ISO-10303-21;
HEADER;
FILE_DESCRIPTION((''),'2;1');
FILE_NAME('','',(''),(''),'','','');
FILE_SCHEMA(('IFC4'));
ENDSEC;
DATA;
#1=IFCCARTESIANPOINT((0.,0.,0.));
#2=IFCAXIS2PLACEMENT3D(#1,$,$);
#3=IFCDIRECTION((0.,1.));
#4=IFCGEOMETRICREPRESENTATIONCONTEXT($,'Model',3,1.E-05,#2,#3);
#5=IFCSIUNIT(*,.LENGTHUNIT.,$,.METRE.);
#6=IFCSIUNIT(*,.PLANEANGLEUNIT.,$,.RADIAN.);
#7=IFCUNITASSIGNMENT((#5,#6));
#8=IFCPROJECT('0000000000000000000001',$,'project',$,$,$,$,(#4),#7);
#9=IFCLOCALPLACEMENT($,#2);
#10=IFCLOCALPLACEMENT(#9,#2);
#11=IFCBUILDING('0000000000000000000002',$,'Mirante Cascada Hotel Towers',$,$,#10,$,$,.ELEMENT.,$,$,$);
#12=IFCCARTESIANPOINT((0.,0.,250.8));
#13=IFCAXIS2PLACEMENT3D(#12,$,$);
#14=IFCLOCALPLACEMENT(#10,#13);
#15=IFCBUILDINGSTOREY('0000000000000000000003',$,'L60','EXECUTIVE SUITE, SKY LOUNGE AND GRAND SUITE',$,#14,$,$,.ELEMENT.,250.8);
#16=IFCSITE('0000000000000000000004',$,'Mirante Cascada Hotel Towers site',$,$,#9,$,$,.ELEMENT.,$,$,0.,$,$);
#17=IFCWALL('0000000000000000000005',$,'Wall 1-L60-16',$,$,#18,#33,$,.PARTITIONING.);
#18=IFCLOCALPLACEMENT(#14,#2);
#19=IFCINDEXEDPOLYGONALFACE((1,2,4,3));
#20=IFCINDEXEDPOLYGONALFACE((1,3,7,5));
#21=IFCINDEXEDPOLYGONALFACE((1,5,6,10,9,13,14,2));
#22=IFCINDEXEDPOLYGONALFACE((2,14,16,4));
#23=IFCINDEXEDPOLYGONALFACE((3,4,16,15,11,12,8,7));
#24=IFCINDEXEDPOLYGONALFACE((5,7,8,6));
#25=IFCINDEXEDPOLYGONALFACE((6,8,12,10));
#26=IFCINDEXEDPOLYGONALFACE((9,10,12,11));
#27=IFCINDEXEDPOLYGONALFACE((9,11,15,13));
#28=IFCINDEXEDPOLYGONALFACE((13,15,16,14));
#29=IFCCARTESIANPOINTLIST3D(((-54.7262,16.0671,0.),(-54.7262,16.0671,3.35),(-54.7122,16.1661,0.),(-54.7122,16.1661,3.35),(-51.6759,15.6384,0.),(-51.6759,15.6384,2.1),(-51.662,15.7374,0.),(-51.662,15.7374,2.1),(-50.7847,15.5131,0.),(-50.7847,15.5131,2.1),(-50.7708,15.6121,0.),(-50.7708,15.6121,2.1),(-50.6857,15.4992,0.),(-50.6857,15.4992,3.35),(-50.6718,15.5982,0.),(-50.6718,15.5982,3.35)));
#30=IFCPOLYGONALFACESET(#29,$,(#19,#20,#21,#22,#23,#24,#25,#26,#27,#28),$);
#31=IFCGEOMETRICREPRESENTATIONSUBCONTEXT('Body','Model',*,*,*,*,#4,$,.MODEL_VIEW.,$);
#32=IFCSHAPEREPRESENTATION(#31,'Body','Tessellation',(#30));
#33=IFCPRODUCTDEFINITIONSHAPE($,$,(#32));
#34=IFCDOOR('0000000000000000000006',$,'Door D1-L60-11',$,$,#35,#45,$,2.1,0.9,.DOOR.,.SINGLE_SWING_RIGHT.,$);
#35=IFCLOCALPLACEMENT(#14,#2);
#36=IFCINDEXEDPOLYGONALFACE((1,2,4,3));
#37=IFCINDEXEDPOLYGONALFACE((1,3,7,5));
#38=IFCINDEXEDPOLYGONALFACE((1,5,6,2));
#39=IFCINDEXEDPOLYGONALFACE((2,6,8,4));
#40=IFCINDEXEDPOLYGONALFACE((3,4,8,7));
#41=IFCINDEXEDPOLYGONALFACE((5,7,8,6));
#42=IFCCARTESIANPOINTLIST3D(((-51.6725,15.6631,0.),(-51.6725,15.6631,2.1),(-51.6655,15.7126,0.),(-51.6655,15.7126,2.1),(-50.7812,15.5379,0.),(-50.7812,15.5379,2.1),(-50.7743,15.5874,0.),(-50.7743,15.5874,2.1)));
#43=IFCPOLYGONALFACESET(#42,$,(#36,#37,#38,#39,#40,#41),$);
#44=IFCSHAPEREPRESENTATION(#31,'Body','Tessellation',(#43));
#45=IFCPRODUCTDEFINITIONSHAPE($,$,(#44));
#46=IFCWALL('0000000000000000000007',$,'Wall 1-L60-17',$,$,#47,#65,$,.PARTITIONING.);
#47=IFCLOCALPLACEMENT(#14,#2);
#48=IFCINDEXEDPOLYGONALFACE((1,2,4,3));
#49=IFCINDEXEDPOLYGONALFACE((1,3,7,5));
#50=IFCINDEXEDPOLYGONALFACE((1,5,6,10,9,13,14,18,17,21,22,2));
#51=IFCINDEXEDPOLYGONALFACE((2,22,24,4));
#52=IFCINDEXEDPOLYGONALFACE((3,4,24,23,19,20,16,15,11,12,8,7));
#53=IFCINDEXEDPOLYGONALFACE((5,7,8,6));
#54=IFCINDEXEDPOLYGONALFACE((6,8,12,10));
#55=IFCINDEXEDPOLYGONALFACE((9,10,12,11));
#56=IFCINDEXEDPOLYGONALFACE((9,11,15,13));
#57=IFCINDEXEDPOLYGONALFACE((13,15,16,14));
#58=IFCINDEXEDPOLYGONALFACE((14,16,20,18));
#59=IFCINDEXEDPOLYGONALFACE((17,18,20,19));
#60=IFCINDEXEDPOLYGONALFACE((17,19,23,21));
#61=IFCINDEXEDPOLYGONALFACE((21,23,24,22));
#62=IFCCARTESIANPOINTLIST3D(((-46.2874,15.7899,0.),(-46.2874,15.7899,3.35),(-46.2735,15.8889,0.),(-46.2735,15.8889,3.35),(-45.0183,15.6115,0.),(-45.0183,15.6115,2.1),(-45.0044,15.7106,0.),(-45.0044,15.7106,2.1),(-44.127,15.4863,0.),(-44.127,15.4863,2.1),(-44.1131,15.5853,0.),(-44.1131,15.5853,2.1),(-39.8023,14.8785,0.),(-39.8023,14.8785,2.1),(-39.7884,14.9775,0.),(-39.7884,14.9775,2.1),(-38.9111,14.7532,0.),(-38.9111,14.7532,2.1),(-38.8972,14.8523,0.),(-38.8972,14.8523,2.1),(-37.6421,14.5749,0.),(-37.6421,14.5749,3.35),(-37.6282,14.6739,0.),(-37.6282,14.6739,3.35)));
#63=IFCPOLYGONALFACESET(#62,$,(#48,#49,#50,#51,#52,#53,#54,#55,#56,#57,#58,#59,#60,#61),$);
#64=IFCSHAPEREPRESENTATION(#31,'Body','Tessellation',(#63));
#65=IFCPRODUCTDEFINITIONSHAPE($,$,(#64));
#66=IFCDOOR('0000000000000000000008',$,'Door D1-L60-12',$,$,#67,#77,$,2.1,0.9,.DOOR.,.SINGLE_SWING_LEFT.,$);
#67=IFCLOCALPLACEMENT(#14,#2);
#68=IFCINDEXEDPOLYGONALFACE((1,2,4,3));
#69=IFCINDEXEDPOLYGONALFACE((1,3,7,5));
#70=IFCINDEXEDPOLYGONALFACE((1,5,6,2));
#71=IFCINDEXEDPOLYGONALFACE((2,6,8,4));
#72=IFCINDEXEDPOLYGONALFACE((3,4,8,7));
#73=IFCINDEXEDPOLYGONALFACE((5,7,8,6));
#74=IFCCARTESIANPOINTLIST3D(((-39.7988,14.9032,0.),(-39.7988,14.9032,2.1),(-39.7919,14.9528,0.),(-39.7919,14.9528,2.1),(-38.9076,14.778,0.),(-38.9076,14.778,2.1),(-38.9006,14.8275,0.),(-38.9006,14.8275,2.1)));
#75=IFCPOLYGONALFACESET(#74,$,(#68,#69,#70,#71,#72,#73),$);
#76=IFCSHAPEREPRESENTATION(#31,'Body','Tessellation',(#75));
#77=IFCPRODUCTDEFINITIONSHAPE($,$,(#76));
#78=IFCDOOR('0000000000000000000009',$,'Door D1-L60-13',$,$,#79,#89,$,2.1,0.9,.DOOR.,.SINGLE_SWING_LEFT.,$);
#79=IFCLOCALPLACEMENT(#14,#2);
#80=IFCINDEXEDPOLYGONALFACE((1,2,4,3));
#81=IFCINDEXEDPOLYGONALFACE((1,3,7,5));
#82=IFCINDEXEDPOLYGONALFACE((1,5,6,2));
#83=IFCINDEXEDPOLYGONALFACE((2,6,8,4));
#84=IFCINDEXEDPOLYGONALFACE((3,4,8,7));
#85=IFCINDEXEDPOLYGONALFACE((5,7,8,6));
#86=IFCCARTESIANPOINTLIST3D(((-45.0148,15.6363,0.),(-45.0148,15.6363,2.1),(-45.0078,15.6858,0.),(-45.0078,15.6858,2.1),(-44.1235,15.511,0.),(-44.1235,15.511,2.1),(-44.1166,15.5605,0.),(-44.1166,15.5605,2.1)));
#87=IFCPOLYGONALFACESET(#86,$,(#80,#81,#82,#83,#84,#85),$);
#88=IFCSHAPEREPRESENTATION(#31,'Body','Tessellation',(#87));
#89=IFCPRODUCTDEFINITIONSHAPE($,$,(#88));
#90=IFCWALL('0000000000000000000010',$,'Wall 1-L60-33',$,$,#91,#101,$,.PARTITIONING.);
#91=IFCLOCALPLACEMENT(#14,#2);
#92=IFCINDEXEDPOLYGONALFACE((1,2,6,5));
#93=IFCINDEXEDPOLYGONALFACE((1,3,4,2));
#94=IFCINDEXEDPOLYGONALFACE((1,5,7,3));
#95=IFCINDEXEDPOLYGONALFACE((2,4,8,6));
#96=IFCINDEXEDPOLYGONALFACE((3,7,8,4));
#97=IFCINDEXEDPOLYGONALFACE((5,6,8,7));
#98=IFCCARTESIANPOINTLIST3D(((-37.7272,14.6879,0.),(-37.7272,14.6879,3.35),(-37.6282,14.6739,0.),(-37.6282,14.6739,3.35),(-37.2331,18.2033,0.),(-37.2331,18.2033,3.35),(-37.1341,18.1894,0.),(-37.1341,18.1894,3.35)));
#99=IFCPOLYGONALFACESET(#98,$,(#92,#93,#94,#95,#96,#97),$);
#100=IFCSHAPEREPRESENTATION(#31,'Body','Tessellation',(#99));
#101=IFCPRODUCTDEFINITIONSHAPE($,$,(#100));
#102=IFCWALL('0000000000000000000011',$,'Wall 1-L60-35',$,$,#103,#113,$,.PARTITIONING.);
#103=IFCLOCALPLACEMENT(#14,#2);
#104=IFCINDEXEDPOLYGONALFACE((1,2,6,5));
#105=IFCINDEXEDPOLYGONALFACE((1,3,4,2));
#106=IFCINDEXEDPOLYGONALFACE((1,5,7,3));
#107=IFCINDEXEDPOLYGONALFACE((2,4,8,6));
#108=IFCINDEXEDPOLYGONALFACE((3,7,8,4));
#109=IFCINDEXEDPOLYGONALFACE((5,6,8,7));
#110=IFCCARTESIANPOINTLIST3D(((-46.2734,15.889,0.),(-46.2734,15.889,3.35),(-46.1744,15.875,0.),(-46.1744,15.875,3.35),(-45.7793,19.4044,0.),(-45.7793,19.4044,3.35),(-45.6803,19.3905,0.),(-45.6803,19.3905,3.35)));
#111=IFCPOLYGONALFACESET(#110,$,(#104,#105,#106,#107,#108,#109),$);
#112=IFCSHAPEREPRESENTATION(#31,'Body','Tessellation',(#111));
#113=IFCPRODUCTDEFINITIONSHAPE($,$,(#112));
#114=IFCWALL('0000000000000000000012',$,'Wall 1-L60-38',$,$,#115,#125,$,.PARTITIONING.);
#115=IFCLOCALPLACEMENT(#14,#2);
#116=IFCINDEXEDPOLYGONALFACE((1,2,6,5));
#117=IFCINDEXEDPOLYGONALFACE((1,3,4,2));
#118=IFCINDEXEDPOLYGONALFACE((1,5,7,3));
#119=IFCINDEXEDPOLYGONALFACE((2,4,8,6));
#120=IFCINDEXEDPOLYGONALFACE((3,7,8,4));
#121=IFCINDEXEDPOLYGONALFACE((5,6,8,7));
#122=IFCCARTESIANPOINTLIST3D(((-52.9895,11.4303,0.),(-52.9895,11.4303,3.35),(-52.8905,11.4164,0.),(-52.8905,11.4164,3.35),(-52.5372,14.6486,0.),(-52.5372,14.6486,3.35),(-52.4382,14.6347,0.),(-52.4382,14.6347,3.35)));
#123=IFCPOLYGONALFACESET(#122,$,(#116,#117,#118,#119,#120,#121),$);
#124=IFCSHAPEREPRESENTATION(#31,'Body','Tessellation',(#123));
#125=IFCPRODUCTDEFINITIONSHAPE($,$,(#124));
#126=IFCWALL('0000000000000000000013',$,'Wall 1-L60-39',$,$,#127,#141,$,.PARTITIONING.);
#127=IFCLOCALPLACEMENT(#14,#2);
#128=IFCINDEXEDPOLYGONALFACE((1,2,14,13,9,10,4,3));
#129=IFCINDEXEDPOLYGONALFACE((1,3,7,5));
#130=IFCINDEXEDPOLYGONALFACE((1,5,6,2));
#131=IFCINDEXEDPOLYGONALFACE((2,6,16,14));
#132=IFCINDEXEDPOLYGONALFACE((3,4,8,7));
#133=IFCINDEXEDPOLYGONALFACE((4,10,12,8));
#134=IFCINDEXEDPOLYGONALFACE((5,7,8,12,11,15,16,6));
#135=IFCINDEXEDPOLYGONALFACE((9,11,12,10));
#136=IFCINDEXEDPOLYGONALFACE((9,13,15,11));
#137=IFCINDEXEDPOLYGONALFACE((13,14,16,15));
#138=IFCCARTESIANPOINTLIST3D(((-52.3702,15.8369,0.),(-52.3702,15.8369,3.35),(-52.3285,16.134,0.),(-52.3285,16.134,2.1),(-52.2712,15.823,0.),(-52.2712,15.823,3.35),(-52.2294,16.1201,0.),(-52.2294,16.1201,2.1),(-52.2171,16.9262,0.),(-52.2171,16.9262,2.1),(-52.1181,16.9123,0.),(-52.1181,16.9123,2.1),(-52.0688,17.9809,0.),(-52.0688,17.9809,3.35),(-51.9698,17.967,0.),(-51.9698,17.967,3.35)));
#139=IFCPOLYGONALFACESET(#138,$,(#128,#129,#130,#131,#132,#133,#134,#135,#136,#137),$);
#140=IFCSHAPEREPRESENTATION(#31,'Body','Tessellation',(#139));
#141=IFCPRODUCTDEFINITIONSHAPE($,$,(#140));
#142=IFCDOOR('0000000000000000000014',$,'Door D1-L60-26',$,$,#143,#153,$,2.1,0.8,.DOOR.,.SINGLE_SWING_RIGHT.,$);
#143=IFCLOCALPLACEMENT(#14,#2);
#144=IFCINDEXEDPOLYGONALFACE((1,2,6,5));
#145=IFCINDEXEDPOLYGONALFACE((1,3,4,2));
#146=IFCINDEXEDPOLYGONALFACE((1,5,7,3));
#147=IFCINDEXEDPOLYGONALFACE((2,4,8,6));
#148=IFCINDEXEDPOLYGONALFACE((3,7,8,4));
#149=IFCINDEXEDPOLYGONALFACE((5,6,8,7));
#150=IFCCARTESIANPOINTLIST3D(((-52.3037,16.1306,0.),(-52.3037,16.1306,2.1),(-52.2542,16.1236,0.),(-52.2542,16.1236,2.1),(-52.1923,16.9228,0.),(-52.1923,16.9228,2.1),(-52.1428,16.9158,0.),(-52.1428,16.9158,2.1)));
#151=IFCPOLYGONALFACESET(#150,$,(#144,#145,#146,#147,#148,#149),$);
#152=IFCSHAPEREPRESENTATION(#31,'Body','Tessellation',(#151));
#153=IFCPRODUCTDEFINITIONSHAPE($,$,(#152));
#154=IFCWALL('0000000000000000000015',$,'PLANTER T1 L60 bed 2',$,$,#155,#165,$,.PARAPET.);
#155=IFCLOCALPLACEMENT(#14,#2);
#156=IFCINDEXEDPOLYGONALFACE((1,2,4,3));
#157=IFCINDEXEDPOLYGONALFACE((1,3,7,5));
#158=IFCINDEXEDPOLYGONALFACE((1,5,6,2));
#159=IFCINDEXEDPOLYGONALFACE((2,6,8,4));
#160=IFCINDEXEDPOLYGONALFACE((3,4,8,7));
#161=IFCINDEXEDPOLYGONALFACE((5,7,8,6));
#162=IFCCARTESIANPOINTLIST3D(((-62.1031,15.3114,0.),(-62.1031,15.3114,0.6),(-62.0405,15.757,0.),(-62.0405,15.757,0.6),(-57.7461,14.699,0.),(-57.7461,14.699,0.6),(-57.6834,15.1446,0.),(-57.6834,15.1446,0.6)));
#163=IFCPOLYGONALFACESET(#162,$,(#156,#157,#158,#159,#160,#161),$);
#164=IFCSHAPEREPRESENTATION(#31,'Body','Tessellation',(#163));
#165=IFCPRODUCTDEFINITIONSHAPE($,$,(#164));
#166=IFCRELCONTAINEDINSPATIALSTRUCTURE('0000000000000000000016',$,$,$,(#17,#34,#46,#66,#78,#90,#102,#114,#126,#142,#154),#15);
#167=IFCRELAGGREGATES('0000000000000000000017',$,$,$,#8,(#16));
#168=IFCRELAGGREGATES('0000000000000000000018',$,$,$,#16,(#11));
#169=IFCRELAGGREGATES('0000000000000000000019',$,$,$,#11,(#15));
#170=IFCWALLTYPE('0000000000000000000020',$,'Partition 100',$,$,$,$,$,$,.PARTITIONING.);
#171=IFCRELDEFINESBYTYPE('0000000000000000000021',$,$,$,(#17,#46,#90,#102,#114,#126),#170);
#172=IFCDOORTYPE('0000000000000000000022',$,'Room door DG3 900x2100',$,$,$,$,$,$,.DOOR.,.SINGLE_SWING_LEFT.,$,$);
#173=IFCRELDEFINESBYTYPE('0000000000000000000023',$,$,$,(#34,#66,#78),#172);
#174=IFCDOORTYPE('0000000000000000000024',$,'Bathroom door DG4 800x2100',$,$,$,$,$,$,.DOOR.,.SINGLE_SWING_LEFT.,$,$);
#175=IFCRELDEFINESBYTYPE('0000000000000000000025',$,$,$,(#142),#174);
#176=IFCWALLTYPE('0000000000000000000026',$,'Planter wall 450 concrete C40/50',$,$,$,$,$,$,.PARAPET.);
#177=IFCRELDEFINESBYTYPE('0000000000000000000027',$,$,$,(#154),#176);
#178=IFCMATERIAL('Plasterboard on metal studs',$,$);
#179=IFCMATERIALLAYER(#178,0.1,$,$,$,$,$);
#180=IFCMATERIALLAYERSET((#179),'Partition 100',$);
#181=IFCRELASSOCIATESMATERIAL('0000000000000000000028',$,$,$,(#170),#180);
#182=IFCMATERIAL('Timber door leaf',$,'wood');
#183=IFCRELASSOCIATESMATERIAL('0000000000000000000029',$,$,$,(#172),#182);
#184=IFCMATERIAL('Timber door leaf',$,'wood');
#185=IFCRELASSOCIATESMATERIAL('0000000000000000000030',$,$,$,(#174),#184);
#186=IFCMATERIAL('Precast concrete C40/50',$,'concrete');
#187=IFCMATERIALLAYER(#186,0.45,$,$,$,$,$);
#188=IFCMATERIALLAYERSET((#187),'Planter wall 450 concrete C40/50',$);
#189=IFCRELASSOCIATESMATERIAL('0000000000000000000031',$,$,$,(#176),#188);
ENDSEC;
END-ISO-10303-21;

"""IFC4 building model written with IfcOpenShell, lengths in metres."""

from ifc_helpers import new_model, si_unit, direction, frame, frame_2d, origin, place, context, subcontext, project, spatial, rectangle, extrude, material, layer, layer_set, type_object, element, fill, save


model = new_model("IFC4")

# Units and contexts
model_context = context("Model", 3, precision=1e-05, world=origin(), true_north=direction((0.0, 1.0)))
body_context = subcontext(model_context, "Body", "Model", "MODEL_VIEW")
ifc_project = project(units=[si_unit("LENGTHUNIT", "METRE"), si_unit("PLANEANGLEUNIT", "RADIAN")], contexts=[model_context])

# Site, building, storey
site_placement = place(None, origin())
site = spatial("IfcSite", under=ifc_project, at=site_placement, Name="Mirante Cascada Hotel Towers site", CompositionType="ELEMENT", RefElevation=0.0)
building_placement = place(site_placement, origin())
building = spatial("IfcBuilding", under=site, at=building_placement, Name="Mirante Cascada Hotel Towers", CompositionType="ELEMENT")
storey_placement = place(building_placement, frame((0.0, 0.0, 250.8)))
storey = spatial("IfcBuildingStorey", under=building, at=storey_placement, Name="L60", Description="EXECUTIVE SUITE, SKY LOUNGE AND GRAND SUITE", CompositionType="ELEMENT", Elevation=250.8)

# Wall, opening, door
ifc_material_1 = material(Name="Plasterboard on metal studs")
ifc_layer_1 = layer(ifc_material_1, 0.1)
ifc_layer_set_1 = layer_set([ifc_layer_1], Name="Partition 100")
wall_type_1 = type_object("IfcWallType", Name="Partition 100", PredefinedType="PARTITIONING", material=ifc_layer_set_1)
wall_1_placement = place(storey_placement, frame((-54.7192, 16.1166, 0.0), z_axis=(0.0, 0.0, 1.0), x_axis=(0.990267, -0.139184, 0.0)))
wall_1 = element("IfcWall", 1, at=wall_1_placement, inside=storey, type_object=wall_type_1, Name="Wall 1-L60-16", PredefinedType="PARTITIONING", context=body_context, shape_type="SweptSolid", body=[
    extrude(rectangle(XDim=4.0802, YDim=0.1, at=frame_2d((2.0401, 0.0))), origin(), (0.0, 0.0, 1.0), 3.35),
])
opening_1_placement = place(wall_1_placement, frame((3.0802, 0.0, 0.0)))
opening_1 = element("IfcOpeningElement", 2, at=opening_1_placement, cuts=wall_1, PredefinedType="OPENING", context=body_context, shape_type="SweptSolid", body=[
    extrude(rectangle(XDim=0.9, YDim=2.1, at=frame_2d((0.45, 1.05))), frame((0.0, 0.05, 0.0), z_axis=(0.0, -1.0, 0.0), x_axis=(1.0, 0.0, 0.0)), (0.0, 0.0, 1.0), 0.1),
])
ifc_material_2 = material(Name="Timber door leaf", Category="wood")
door_type_1 = type_object("IfcDoorType", Name="Room door DG3 900x2100", OperationType="SINGLE_SWING_LEFT", PredefinedType="DOOR", material=ifc_material_2)
door_1_placement = place(opening_1_placement, frame((0.9, 0.0, 0.0), z_axis=(0.0, 0.0, 1.0), x_axis=(-1.0, 0.0, 0.0)))
door_1 = element("IfcDoor", 3, at=door_1_placement, inside=storey, type_object=door_type_1, Name="Door D1-L60-11", OperationType="SINGLE_SWING_RIGHT", OverallHeight=2.1, OverallWidth=0.9, PredefinedType="DOOR", context=body_context, shape_type="SweptSolid", body=[
    extrude(rectangle(XDim=0.9, YDim=2.1, at=frame_2d((0.45, 1.05))), frame((0.0, 0.025, 0.0), z_axis=(0.0, -1.0, 0.0), x_axis=(1.0, 0.0, 0.0)), (0.0, 0.0, 1.0), 0.05),
])
fill(opening_1, door_1)

# Wall, openings, doors
wall_2_placement = place(storey_placement, frame((-37.6351, 14.6244, 0.0), z_axis=(0.0, 0.0, 1.0), x_axis=(-0.990268, 0.139171, 0.0)))
wall_2 = element("IfcWall", 4, at=wall_2_placement, inside=storey, type_object=wall_type_1, Name="Wall 1-L60-17", PredefinedType="PARTITIONING", context=body_context, shape_type="SweptSolid", body=[
    extrude(rectangle(XDim=8.7303, YDim=0.1, at=frame_2d((4.3652, 0.0))), origin(), (0.0, 0.0, 1.0), 3.35),
])
opening_2_placement = place(wall_2_placement, frame((1.2815, 0.0, 0.0)))
opening_2 = element("IfcOpeningElement", 5, at=opening_2_placement, cuts=wall_2, PredefinedType="OPENING", context=body_context, shape_type="SweptSolid", body=[
    extrude(rectangle(XDim=0.9, YDim=2.1, at=frame_2d((0.45, 1.05))), frame((0.0, 0.05, 0.0), z_axis=(0.0, -1.0, 0.0), x_axis=(1.0, 0.0, 0.0)), (0.0, 0.0, 1.0), 0.1),
])
opening_3_placement = place(wall_2_placement, frame((6.5487, 0.0, 0.0)))
opening_3 = element("IfcOpeningElement", 6, at=opening_3_placement, cuts=wall_2, PredefinedType="OPENING", context=body_context, shape_type="SweptSolid", body=[
    extrude(rectangle(XDim=0.9, YDim=2.1, at=frame_2d((0.45, 1.05))), frame((0.0, 0.05, 0.0), z_axis=(0.0, -1.0, 0.0), x_axis=(1.0, 0.0, 0.0)), (0.0, 0.0, 1.0), 0.1),
])
door_2_placement = place(opening_2_placement, origin())
door_2 = element("IfcDoor", 7, at=door_2_placement, inside=storey, type_object=door_type_1, Name="Door D1-L60-12", OperationType="SINGLE_SWING_LEFT", OverallHeight=2.1, OverallWidth=0.9, PredefinedType="DOOR", context=body_context, shape_type="SweptSolid", body=[
    extrude(rectangle(XDim=0.9, YDim=2.1, at=frame_2d((0.45, 1.05))), frame((0.0, 0.025, 0.0), z_axis=(0.0, -1.0, 0.0), x_axis=(1.0, 0.0, 0.0)), (0.0, 0.0, 1.0), 0.05),
])
fill(opening_2, door_2)
door_3_placement = place(opening_3_placement, origin())
door_3 = element("IfcDoor", 8, at=door_3_placement, inside=storey, type_object=door_type_1, Name="Door D1-L60-13", OperationType="SINGLE_SWING_LEFT", OverallHeight=2.1, OverallWidth=0.9, PredefinedType="DOOR", context=body_context, shape_type="SweptSolid", body=[
    extrude(rectangle(XDim=0.9, YDim=2.1, at=frame_2d((0.45, 1.05))), frame((0.0, 0.025, 0.0), z_axis=(0.0, -1.0, 0.0), x_axis=(1.0, 0.0, 0.0)), (0.0, 0.0, 1.0), 0.05),
])
fill(opening_3, door_3)

# Walls
for number, where, z_axis, x_axis, name in (
    (9, (-37.6777, 14.6809, 0.0), (0.0, 0.0, 1.0), (0.139185, 0.990266, 0.0), "Wall 1-L60-33"),
    (10, (-46.2239, 15.882, 0.0), (0.0, 0.0, 1.0), (0.139185, 0.990266, 0.0), "Wall 1-L60-35"),
):
    element("IfcWall", number, at=place(storey_placement, frame(where, z_axis=z_axis, x_axis=x_axis)), inside=storey, type_object=wall_type_1, Name=name, PredefinedType="PARTITIONING", context=body_context, shape_type="SweptSolid", body=[
        extrude(rectangle(XDim=3.55, YDim=0.1, at=frame_2d((1.775, 0.0))), origin(), (0.0, 0.0, 1.0), 3.35),
    ])
wall_3_placement = place(storey_placement, frame((-52.4877, 14.6416, 0.0), z_axis=(0.0, 0.0, 1.0), x_axis=(-0.139172, -0.990268, 0.0)))
element("IfcWall", 11, at=wall_3_placement, inside=storey, type_object=wall_type_1, Name="Wall 1-L60-38", PredefinedType="PARTITIONING", context=body_context, shape_type="SweptSolid", body=[
    extrude(rectangle(XDim=3.2499, YDim=0.1, at=frame_2d((1.6249, 0.0))), origin(), (0.0, 0.0, 1.0), 3.35),
])

# Wall, opening, door
wall_4_placement = place(storey_placement, frame((-52.3207, 15.83, 0.0), z_axis=(0.0, 0.0, 1.0), x_axis=(0.13921, 0.990263, 0.0)))
wall_4 = element("IfcWall", 12, at=wall_4_placement, inside=storey, type_object=wall_type_1, Name="Wall 1-L60-39", PredefinedType="PARTITIONING", context=body_context, shape_type="SweptSolid", body=[
    extrude(rectangle(XDim=2.1651, YDim=0.1, at=frame_2d((1.0825, 0.0))), origin(), (0.0, 0.0, 1.0), 3.35),
])
opening_4_placement = place(wall_4_placement, frame((0.3, 0.0, 0.0)))
opening_4 = element("IfcOpeningElement", 13, at=opening_4_placement, cuts=wall_4, PredefinedType="OPENING", context=body_context, shape_type="SweptSolid", body=[
    extrude(rectangle(XDim=0.8, YDim=2.1, at=frame_2d((0.4, 1.05))), frame((0.0, 0.05, 0.0), z_axis=(0.0, -1.0, 0.0), x_axis=(1.0, 0.0, 0.0)), (0.0, 0.0, 1.0), 0.1),
])
ifc_material_3 = material(Name="Timber door leaf", Category="wood")
door_type_2 = type_object("IfcDoorType", Name="Bathroom door DG4 800x2100", OperationType="SINGLE_SWING_LEFT", PredefinedType="DOOR", material=ifc_material_3)
door_4_placement = place(opening_4_placement, frame((0.8, 0.0, 0.0), z_axis=(0.0, 0.0, 1.0), x_axis=(-1.0, 0.0, 0.0)))
door_4 = element("IfcDoor", 14, at=door_4_placement, inside=storey, type_object=door_type_2, Name="Door D1-L60-26", OperationType="SINGLE_SWING_RIGHT", OverallHeight=2.1, OverallWidth=0.8, PredefinedType="DOOR", context=body_context, shape_type="SweptSolid", body=[
    extrude(rectangle(XDim=0.8, YDim=2.1, at=frame_2d((0.4, 1.05))), frame((0.0, 0.025, 0.0), z_axis=(0.0, -1.0, 0.0), x_axis=(1.0, 0.0, 0.0)), (0.0, 0.0, 1.0), 0.05),
])
fill(opening_4, door_4)

# Wall
ifc_material_4 = material(Name="Precast concrete C40/50", Category="concrete")
ifc_layer_2 = layer(ifc_material_4, 0.45)
ifc_layer_set_2 = layer_set([ifc_layer_2], Name="Planter wall 450 concrete C40/50")
wall_type_2 = type_object("IfcWallType", Name="Planter wall 450 concrete C40/50", PredefinedType="PARAPET", material=ifc_layer_set_2)
wall_5_placement = place(storey_placement, frame((-57.7147, 14.9218, 0.0), z_axis=(0.0, 0.0, 1.0), x_axis=(-0.990267, 0.139184, 0.0)))
element("IfcWall", 15, at=wall_5_placement, inside=storey, type_object=wall_type_2, Name="PLANTER T1 L60 bed 2", PredefinedType="PARAPET", context=body_context, shape_type="SweptSolid", body=[
    extrude(rectangle(XDim=4.3999, YDim=0.45, at=frame_2d((2.2, 0.0))), origin(), (0.0, 0.0, 1.0), 0.6),
])

save(model, "model.ifc")
